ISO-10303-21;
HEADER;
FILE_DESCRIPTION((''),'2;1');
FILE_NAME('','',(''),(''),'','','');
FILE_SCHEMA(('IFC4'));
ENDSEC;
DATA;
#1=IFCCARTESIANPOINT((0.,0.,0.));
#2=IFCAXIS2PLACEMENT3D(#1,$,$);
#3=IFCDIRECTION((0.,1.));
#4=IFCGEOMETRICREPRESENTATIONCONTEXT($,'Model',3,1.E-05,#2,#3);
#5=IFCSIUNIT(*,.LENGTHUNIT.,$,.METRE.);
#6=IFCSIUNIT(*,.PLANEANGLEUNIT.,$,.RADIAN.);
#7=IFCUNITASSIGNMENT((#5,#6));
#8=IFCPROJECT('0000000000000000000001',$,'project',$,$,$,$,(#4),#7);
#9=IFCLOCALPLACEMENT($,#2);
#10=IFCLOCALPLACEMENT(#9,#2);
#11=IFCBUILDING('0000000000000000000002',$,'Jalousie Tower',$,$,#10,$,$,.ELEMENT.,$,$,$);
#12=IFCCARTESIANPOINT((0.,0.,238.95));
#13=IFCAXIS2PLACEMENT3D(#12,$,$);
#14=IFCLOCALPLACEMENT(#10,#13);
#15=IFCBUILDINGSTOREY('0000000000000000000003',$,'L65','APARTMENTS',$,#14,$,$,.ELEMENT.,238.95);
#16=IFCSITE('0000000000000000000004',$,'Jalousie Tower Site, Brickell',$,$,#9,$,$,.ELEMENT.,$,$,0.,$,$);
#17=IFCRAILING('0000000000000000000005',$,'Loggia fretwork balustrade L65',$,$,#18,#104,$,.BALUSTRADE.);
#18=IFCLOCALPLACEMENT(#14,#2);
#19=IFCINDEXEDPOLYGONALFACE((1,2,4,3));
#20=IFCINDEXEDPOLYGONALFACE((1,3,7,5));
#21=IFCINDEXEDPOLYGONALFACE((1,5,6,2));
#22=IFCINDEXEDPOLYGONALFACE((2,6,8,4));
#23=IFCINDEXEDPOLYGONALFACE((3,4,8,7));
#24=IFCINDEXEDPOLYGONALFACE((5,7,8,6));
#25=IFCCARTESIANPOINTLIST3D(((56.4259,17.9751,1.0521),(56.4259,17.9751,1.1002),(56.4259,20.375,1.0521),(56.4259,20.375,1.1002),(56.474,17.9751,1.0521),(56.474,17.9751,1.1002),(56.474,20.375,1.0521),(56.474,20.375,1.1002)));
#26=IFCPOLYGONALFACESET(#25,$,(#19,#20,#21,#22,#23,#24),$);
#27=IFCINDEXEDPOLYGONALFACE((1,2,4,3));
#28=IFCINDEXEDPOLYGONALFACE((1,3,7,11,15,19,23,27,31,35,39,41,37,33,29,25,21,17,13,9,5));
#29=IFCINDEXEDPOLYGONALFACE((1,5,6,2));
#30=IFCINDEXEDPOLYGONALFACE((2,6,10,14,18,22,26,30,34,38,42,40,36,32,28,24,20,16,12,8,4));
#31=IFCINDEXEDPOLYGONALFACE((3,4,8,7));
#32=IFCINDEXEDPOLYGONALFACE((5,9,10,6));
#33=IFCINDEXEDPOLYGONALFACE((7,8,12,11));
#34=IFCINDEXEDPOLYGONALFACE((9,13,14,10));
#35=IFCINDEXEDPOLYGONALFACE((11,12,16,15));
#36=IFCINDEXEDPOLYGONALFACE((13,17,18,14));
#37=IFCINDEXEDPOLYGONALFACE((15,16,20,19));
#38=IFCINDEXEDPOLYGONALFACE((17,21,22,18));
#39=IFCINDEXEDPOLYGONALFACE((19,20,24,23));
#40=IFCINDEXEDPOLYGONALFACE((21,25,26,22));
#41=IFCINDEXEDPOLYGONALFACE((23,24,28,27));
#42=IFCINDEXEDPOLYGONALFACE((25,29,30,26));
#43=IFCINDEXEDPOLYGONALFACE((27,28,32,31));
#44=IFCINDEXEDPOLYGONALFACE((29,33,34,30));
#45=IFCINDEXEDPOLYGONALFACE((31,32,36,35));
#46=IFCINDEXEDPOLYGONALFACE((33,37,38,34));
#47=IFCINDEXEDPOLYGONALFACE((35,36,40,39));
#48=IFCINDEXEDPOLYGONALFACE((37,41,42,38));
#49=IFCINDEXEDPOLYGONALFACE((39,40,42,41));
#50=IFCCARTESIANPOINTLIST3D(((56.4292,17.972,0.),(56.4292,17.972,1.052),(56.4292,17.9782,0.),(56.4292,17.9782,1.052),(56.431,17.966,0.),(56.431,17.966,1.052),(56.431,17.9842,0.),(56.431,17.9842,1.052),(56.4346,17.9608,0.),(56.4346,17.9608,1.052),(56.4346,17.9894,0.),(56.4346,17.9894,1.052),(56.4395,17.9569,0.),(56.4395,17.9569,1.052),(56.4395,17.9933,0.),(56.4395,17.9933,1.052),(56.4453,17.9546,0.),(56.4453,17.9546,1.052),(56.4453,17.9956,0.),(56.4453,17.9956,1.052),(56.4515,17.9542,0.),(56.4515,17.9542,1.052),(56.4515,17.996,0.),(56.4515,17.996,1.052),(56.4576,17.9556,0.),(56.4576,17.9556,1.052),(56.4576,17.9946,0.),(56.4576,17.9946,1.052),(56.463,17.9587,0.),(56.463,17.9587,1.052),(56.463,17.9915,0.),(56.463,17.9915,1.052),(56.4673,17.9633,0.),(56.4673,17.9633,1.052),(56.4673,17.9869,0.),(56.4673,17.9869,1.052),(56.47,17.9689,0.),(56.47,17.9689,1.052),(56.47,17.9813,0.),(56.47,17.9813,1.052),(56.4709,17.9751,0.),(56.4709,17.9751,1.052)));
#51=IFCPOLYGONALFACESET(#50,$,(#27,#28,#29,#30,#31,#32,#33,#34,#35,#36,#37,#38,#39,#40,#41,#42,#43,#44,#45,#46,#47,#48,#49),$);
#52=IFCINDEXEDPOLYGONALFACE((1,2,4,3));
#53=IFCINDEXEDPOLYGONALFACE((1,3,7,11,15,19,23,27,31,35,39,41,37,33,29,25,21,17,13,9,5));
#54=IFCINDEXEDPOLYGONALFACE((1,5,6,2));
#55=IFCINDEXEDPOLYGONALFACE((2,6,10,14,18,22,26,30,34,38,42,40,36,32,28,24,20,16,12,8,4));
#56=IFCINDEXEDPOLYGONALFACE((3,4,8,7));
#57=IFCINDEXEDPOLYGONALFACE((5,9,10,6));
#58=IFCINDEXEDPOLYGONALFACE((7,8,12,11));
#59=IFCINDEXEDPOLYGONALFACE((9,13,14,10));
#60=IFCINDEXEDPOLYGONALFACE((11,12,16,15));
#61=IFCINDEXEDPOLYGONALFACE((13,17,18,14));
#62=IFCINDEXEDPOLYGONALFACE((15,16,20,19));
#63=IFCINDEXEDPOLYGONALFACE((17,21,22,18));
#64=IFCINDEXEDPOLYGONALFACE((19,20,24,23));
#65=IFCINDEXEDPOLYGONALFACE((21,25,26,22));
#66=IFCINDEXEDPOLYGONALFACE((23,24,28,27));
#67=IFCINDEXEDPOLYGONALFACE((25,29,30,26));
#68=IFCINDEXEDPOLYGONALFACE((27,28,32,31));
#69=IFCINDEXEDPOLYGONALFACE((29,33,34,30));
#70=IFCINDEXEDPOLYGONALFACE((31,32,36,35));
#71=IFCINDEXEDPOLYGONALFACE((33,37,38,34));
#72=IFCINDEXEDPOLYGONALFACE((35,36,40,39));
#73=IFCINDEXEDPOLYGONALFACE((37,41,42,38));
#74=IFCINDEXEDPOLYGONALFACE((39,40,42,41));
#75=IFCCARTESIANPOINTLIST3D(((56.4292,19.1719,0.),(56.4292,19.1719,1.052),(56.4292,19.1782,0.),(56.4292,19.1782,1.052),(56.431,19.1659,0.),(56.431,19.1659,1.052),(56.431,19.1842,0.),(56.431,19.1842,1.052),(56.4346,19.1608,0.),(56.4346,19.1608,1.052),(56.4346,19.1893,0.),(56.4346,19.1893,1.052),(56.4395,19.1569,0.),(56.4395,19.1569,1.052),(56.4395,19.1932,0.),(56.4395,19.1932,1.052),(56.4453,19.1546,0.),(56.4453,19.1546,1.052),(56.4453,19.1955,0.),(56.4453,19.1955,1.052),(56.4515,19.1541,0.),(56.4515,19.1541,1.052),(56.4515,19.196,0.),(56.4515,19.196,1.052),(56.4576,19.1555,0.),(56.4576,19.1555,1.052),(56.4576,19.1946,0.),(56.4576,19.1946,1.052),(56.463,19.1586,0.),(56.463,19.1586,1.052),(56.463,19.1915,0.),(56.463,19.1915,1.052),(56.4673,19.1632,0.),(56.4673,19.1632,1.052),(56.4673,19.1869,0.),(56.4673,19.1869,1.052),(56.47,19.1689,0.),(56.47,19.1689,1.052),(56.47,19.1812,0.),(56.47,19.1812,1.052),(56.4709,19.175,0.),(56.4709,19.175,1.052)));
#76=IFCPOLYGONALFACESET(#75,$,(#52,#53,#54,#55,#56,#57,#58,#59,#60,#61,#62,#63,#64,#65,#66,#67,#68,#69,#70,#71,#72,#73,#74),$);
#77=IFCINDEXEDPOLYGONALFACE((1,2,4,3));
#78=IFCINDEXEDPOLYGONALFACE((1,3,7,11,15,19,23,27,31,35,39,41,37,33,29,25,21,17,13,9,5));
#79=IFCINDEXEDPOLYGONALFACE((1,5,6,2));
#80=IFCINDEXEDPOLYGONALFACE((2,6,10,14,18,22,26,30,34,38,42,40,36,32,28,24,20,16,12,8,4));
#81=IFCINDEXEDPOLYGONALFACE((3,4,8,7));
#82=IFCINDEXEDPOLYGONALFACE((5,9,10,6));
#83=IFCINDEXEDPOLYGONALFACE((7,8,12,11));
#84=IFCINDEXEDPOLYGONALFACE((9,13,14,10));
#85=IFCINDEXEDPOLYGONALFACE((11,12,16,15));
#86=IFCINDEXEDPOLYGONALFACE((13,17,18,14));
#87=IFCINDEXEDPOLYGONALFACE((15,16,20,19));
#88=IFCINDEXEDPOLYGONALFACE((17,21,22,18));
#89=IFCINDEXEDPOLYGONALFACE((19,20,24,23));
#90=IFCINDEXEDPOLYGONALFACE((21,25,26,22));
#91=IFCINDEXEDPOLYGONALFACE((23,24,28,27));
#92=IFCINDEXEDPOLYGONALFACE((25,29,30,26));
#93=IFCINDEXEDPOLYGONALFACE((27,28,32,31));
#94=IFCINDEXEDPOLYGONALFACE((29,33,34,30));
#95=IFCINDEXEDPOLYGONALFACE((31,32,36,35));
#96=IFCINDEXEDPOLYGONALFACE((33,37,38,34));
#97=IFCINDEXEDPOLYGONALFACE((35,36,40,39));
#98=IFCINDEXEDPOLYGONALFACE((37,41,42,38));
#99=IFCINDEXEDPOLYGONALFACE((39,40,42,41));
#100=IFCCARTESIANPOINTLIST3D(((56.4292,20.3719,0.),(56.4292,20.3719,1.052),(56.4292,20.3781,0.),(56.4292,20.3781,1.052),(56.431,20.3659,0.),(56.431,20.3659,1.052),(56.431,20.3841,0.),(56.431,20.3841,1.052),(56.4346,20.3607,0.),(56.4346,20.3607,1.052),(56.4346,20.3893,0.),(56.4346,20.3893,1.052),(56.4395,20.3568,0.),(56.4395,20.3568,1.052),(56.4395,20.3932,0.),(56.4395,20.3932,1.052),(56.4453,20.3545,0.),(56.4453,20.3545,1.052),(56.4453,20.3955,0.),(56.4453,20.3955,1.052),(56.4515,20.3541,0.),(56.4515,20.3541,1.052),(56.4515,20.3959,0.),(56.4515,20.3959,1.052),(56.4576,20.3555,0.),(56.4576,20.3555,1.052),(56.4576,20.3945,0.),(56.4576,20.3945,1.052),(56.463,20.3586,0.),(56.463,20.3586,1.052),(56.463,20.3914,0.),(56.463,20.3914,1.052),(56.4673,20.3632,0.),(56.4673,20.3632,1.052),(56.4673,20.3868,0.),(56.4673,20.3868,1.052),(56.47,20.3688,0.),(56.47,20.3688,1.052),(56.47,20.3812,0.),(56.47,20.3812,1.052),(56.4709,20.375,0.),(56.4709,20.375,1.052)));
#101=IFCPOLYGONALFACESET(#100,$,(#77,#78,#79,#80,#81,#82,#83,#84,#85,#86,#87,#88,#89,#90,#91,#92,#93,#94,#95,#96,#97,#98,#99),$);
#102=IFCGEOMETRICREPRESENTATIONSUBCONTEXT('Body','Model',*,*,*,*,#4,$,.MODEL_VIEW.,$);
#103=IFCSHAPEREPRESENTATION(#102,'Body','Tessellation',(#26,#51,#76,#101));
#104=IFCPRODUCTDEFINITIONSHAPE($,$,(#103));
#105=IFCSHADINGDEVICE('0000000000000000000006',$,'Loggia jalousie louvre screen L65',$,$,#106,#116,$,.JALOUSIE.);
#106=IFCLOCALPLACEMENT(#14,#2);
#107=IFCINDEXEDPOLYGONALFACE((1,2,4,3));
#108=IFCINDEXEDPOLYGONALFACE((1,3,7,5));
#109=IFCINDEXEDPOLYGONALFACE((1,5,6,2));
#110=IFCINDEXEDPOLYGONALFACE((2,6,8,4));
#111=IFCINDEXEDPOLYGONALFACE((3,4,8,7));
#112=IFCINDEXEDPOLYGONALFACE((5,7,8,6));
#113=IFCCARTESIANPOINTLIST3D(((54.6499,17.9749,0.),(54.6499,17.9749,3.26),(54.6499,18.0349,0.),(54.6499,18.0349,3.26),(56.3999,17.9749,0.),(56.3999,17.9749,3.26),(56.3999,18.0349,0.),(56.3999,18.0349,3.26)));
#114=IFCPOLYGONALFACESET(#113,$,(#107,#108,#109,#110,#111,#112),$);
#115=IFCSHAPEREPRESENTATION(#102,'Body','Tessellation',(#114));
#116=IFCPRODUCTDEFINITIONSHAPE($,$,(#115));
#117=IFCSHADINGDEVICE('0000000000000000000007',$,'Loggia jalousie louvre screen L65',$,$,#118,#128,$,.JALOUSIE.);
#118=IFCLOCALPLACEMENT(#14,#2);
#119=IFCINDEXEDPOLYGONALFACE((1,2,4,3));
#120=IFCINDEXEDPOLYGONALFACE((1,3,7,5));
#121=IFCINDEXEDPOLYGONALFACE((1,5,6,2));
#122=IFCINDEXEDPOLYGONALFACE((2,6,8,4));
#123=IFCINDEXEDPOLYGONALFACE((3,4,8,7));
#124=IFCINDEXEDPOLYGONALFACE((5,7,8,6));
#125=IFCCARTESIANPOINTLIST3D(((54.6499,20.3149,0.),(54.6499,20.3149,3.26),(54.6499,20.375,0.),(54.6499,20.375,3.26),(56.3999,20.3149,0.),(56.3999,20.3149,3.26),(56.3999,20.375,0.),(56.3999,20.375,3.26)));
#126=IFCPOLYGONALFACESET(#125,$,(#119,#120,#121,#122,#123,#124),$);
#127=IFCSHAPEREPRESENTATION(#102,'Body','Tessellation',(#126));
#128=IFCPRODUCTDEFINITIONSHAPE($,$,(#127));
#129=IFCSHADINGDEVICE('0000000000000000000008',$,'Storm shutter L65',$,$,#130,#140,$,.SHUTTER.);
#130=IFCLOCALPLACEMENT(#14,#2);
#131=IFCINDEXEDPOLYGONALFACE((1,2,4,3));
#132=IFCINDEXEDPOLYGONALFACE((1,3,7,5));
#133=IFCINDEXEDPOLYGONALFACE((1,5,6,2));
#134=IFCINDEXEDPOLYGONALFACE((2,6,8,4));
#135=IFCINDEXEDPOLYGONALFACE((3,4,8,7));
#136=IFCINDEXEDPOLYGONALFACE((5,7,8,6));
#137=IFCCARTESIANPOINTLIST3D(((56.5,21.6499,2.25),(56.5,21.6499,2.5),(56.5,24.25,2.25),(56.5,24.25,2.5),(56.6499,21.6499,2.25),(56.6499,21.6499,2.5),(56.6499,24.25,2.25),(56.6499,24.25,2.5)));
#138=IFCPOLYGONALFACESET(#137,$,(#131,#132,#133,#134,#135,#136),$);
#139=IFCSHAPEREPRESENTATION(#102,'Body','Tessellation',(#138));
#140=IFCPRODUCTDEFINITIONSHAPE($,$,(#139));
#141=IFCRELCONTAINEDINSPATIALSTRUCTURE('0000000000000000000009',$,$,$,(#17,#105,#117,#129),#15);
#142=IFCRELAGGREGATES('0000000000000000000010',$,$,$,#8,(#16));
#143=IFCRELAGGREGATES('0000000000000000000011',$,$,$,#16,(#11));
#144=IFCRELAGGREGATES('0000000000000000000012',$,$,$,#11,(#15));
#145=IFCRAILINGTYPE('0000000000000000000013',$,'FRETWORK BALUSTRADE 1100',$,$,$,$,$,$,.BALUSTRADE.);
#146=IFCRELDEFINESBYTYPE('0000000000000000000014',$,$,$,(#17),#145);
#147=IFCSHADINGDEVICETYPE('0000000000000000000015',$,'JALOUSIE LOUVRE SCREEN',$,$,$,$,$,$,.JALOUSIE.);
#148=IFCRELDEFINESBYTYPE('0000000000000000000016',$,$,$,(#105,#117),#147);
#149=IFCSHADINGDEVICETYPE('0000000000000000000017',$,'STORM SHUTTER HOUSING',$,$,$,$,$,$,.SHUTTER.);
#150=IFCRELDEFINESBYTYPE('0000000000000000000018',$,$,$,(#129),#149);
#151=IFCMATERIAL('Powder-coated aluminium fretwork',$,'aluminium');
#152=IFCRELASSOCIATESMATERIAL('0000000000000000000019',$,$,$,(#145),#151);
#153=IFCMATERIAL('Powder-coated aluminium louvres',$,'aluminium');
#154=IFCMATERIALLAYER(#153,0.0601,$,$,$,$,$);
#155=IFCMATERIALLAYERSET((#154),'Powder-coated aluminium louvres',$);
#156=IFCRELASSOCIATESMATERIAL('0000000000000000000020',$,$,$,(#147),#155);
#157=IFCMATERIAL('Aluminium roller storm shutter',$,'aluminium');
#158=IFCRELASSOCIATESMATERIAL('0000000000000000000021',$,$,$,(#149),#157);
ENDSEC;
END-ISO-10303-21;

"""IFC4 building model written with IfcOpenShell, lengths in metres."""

from ifc_helpers import new_model, si_unit, direction, frame, origin, origin_2d, place, context, subcontext, project, spatial, rectangle, circle, extrude, material, layer, layer_set, type_object, element, save


model = new_model("IFC4")

# Units and contexts
model_context = context("Model", 3, precision=1e-05, world=origin(), true_north=direction((0.0, 1.0)))
body_context = subcontext(model_context, "Body", "Model", "MODEL_VIEW")
ifc_project = project(units=[si_unit("LENGTHUNIT", "METRE"), si_unit("PLANEANGLEUNIT", "RADIAN")], contexts=[model_context])

# Site, building, storey
site_placement = place(None, origin())
site = spatial("IfcSite", under=ifc_project, at=site_placement, Name="Jalousie Tower Site, Brickell", CompositionType="ELEMENT", RefElevation=0.0)
building_placement = place(site_placement, origin())
building = spatial("IfcBuilding", under=site, at=building_placement, Name="Jalousie Tower", CompositionType="ELEMENT")
storey_placement = place(building_placement, frame((0.0, 0.0, 238.95)))
storey = spatial("IfcBuildingStorey", under=building, at=storey_placement, Name="L65", Description="APARTMENTS", CompositionType="ELEMENT", Elevation=238.95)

# Railing
ifc_material_1 = material(Name="Powder-coated aluminium fretwork", Category="aluminium")
railing_type = type_object("IfcRailingType", Name="FRETWORK BALUSTRADE 1100", PredefinedType="BALUSTRADE", material=ifc_material_1)
railing_placement = place(storey_placement, frame((56.45, 17.9751, 0.0)))
element("IfcRailing", 1, at=railing_placement, inside=storey, type_object=railing_type, Name="Loggia fretwork balustrade L65", PredefinedType="BALUSTRADE", context=body_context, shape_type="SweptSolid", body=[
    extrude(rectangle(XDim=0.0481, YDim=0.0481, at=origin_2d()), frame((0.0, 0.0, 1.0762), z_axis=(0.0, 1.0, 0.0), x_axis=(-1.0, 0.0, 0.0)), (0.0, 0.0, 1.0), 2.3999),
    extrude(circle(Radius=0.021, at=origin_2d()), origin(), (0.0, 0.0, 1.0), 1.052),
    extrude(circle(Radius=0.021, at=origin_2d()), frame((0.0, 1.2, 0.0)), (0.0, 0.0, 1.0), 1.052),
    extrude(circle(Radius=0.021, at=origin_2d()), frame((0.0, 2.3999, 0.0)), (0.0, 0.0, 1.0), 1.052),
])

# Shading devices
ifc_material_2 = material(Name="Powder-coated aluminium louvres", Category="aluminium")
ifc_layer = layer(ifc_material_2, 0.0601)
ifc_layer_set = layer_set([ifc_layer], Name="Powder-coated aluminium louvres")
shading_device_type_1 = type_object("IfcShadingDeviceType", Name="JALOUSIE LOUVRE SCREEN", PredefinedType="JALOUSIE", material=ifc_layer_set)
for number, where, z_axis, x_axis, name in (
    (2, (55.5249, 18.0049, 0.0), (0.0, 0.0, 1.0), (0.0, 1.0, 0.0), "Loggia jalousie louvre screen L65"),
    (3, (55.5249, 20.345, 0.0), (0.0, 0.0, 1.0), (0.0, 1.0, 0.0), "Loggia jalousie louvre screen L65"),
):
    element("IfcShadingDevice", number, at=place(storey_placement, frame(where, z_axis=z_axis, x_axis=x_axis)), inside=storey, type_object=shading_device_type_1, Name=name, PredefinedType="JALOUSIE", context=body_context, shape_type="SweptSolid", body=[
        extrude(rectangle(XDim=0.0601, YDim=1.75, at=origin_2d()), origin(), (0.0, 0.0, 1.0), 3.26),
    ])
ifc_material_3 = material(Name="Aluminium roller storm shutter", Category="aluminium")
shading_device_type_2 = type_object("IfcShadingDeviceType", Name="STORM SHUTTER HOUSING", PredefinedType="SHUTTER", material=ifc_material_3)
shading_device_placement = place(storey_placement, frame((56.575, 22.95, 2.25), z_axis=(0.0, 0.0, 1.0), x_axis=(0.0, 1.0, 0.0)))
element("IfcShadingDevice", 4, at=shading_device_placement, inside=storey, type_object=shading_device_type_2, Name="Storm shutter L65", PredefinedType="SHUTTER", context=body_context, shape_type="SweptSolid", body=[
    extrude(rectangle(XDim=2.6001, YDim=0.1499, at=origin_2d()), origin(), (0.0, 0.0, 1.0), 0.25),
])

save(model, "model.ifc")
